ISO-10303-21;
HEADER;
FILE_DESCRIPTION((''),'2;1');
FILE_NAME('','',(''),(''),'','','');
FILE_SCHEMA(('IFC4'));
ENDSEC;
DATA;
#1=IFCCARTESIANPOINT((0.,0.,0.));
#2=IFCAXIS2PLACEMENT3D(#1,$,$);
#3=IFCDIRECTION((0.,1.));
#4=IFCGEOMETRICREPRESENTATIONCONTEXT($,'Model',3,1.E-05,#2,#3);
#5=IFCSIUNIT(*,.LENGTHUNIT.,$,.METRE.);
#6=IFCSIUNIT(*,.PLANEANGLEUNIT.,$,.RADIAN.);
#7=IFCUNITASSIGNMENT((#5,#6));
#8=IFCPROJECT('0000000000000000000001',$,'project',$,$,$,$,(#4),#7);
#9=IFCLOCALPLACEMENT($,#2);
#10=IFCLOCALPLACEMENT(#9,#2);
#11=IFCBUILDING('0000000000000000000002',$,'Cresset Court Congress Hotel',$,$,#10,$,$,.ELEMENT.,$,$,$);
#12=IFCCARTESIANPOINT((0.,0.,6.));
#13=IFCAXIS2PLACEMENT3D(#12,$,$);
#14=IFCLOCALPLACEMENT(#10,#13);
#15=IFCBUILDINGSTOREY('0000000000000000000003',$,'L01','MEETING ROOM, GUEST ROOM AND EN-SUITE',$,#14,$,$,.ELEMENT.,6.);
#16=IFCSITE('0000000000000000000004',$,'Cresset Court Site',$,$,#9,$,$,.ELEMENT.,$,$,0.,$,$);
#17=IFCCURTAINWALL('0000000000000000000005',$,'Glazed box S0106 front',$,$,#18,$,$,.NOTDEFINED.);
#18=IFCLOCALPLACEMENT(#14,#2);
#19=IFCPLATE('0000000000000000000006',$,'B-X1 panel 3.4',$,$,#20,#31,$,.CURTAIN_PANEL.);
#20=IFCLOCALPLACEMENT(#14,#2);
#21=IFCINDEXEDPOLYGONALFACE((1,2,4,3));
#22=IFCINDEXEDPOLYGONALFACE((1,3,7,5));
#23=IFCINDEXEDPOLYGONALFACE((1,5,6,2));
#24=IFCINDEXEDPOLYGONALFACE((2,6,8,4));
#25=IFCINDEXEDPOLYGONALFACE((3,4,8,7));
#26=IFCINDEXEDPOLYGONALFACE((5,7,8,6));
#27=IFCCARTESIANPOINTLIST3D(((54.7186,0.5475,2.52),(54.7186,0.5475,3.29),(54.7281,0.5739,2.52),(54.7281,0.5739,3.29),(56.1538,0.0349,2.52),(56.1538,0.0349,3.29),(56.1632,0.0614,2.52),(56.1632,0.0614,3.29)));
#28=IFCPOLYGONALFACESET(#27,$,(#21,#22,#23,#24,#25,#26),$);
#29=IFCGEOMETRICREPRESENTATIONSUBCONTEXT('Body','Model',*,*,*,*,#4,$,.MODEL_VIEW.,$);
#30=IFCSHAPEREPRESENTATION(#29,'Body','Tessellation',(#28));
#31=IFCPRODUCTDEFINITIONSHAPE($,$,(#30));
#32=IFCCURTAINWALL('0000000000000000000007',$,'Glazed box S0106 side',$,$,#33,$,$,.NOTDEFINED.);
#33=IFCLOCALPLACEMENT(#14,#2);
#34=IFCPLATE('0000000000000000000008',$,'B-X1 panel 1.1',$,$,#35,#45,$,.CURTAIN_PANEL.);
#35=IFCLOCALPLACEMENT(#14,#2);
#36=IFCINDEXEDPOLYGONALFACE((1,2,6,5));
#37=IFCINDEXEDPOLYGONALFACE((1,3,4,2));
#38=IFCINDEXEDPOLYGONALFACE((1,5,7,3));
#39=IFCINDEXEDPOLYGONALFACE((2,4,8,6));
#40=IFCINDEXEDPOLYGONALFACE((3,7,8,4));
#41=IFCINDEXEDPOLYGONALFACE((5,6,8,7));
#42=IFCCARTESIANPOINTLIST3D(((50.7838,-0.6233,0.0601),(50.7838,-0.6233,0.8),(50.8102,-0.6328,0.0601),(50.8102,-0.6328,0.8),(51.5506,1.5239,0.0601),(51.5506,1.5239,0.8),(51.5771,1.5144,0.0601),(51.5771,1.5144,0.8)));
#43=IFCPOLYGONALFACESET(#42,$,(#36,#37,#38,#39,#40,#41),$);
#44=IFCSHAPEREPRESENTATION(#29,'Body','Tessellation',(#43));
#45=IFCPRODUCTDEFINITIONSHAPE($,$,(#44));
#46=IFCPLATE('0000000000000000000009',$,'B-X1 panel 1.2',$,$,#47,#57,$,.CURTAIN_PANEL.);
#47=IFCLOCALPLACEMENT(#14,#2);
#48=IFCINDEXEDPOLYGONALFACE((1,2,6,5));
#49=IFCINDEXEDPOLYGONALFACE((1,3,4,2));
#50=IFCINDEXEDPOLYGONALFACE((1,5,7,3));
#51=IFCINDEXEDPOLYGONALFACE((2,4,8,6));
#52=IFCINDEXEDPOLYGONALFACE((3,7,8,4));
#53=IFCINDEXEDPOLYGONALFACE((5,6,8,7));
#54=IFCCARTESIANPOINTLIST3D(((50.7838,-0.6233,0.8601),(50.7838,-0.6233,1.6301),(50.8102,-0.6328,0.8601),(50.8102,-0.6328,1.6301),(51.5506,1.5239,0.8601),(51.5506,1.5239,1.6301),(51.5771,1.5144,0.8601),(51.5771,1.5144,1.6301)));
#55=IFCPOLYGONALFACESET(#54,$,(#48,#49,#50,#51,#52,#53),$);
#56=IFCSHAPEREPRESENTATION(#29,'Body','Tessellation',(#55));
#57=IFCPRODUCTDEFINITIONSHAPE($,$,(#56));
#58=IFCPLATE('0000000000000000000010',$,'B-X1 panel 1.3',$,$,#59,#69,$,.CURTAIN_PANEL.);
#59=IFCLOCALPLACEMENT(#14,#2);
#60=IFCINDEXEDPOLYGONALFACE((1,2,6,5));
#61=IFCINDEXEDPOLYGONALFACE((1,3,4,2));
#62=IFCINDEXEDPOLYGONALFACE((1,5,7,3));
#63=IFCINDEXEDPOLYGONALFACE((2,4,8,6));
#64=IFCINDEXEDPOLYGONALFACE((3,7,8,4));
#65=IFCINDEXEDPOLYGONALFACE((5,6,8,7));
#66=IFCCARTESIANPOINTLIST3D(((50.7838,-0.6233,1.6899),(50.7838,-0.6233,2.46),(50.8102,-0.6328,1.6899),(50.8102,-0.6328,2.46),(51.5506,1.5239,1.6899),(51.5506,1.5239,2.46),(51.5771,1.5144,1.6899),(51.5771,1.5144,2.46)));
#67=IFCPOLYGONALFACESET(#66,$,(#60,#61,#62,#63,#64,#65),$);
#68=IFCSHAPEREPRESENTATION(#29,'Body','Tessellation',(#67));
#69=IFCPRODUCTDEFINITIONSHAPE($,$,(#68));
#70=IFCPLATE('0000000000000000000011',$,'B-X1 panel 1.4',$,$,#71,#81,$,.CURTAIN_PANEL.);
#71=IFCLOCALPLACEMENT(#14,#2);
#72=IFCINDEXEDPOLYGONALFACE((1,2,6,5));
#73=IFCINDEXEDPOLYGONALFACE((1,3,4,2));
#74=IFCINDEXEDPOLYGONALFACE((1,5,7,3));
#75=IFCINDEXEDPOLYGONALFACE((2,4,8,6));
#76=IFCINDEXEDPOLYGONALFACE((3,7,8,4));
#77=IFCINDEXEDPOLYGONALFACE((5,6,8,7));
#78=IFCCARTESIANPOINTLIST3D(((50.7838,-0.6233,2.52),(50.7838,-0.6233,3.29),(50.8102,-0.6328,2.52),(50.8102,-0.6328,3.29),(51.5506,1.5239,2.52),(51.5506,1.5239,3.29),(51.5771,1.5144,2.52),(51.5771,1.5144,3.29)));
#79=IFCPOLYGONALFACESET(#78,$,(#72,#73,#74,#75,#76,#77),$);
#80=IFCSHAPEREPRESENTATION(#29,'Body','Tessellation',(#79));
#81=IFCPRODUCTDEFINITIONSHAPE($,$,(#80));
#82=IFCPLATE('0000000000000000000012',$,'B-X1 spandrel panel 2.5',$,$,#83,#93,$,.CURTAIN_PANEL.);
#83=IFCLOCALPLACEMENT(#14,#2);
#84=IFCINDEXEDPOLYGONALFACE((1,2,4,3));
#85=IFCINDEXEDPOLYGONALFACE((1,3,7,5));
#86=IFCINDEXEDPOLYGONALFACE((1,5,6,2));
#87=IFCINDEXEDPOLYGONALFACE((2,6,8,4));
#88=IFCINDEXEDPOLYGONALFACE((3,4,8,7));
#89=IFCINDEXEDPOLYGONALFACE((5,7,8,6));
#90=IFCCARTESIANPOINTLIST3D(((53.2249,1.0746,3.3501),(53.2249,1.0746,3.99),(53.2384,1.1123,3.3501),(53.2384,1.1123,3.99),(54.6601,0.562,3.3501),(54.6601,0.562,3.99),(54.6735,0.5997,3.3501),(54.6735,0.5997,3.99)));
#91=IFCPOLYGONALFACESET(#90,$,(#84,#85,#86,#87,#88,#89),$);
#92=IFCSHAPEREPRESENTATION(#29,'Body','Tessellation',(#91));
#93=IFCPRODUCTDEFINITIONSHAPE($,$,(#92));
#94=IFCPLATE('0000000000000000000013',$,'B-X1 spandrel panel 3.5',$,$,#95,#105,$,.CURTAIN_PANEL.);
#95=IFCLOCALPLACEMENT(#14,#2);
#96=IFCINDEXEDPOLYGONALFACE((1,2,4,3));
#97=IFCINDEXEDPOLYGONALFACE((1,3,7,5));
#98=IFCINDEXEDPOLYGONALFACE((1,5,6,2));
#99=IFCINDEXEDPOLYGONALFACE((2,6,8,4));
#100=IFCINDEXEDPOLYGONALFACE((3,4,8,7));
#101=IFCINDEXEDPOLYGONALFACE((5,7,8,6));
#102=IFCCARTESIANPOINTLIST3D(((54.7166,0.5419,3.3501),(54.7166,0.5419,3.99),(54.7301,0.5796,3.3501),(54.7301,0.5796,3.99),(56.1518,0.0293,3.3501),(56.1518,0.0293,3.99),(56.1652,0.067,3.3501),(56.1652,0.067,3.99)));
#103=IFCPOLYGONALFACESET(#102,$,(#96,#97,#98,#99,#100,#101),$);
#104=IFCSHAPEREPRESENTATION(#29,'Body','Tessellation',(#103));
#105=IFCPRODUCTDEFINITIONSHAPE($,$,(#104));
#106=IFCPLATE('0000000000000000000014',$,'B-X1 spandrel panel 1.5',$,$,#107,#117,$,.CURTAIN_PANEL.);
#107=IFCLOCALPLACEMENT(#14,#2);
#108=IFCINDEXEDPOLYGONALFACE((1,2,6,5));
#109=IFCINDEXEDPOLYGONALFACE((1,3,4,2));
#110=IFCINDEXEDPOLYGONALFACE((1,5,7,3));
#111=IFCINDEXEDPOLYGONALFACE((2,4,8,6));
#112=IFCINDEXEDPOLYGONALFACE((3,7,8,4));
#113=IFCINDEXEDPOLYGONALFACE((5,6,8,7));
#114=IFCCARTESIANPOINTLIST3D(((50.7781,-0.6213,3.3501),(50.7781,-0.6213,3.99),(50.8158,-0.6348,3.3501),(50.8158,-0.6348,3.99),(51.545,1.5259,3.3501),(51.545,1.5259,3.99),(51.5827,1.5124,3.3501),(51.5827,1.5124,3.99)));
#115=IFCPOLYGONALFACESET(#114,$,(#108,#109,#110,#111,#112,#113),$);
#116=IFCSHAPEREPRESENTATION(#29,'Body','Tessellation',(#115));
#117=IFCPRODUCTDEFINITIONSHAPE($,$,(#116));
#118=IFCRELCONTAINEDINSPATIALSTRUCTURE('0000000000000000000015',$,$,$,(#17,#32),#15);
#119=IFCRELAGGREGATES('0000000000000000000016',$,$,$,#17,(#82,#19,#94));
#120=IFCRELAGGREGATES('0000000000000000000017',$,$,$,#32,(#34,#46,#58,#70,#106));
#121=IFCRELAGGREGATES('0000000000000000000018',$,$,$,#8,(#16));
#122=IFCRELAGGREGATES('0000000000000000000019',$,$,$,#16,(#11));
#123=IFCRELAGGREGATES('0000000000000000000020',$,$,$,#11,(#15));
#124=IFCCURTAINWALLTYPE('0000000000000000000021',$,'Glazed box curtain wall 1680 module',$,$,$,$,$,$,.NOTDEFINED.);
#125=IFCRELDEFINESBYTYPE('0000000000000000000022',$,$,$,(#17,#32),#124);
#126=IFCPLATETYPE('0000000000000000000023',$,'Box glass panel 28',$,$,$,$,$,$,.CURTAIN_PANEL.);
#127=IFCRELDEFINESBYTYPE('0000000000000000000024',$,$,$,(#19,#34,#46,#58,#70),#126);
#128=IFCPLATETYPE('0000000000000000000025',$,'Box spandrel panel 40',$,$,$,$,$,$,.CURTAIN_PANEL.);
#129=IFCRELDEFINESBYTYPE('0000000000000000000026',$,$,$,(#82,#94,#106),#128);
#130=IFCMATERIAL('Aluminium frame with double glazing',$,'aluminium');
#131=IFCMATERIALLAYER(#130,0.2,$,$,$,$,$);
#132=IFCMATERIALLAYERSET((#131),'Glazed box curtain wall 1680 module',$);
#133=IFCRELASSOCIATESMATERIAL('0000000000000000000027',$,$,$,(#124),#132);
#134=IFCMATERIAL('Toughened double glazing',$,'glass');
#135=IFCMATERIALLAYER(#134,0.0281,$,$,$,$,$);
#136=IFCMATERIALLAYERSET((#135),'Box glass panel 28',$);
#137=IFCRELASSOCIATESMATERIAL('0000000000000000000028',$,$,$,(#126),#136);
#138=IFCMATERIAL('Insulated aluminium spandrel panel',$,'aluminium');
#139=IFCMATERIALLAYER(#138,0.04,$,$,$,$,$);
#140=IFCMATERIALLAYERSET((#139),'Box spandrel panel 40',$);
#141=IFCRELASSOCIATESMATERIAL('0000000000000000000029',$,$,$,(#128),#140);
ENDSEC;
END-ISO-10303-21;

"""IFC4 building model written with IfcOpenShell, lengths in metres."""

from ifc_helpers import new_model, si_unit, direction, frame, origin, origin_2d, place, context, subcontext, project, spatial, rectangle, extrude, material, layer, layer_set, type_object, element, aggregate, save


model = new_model("IFC4")

# Units and contexts
model_context = context("Model", 3, precision=1e-05, world=origin(), true_north=direction((0.0, 1.0)))
body_context = subcontext(model_context, "Body", "Model", "MODEL_VIEW")
ifc_project = project(units=[si_unit("LENGTHUNIT", "METRE"), si_unit("PLANEANGLEUNIT", "RADIAN")], contexts=[model_context])

# Site, building, storey
site_placement = place(None, origin())
site = spatial("IfcSite", under=ifc_project, at=site_placement, Name="Cresset Court Site", CompositionType="ELEMENT", RefElevation=0.0)
building_placement = place(site_placement, origin())
building = spatial("IfcBuilding", under=site, at=building_placement, Name="Cresset Court Congress Hotel", CompositionType="ELEMENT")
storey_placement = place(building_placement, frame((0.0, 0.0, 6.0)))
storey = spatial("IfcBuildingStorey", under=building, at=storey_placement, Name="L01", Description="MEETING ROOM, GUEST ROOM AND EN-SUITE", CompositionType="ELEMENT", Elevation=6.0)

# Curtain wall, plate
ifc_material_1 = material(Name="Aluminium frame with double glazing", Category="aluminium")
ifc_layer_1 = layer(ifc_material_1, 0.2)
ifc_layer_set_1 = layer_set([ifc_layer_1], Name="Glazed box curtain wall 1680 module")
curtain_wall_type = type_object("IfcCurtainWallType", Name="Glazed box curtain wall 1680 module", PredefinedType="NOTDEFINED", material=ifc_layer_set_1)
curtain_wall_1_placement = place(storey_placement, origin())
curtain_wall_1 = element("IfcCurtainWall", 1, at=curtain_wall_1_placement, inside=storey, type_object=curtain_wall_type, Name="Glazed box S0106 front", PredefinedType="NOTDEFINED")
ifc_material_2 = material(Name="Toughened double glazing", Category="glass")
ifc_layer_2 = layer(ifc_material_2, 0.0281)
ifc_layer_set_2 = layer_set([ifc_layer_2], Name="Box glass panel 28")
plate_type_1 = type_object("IfcPlateType", Name="Box glass panel 28", PredefinedType="CURTAIN_PANEL", material=ifc_layer_set_2)
plate_1_placement = place(storey_placement, frame((55.4409, 0.3044, 2.52), z_axis=(0.0, 0.0, 1.0), x_axis=(0.941742, -0.336336, 0.0)))
plate_1 = element("IfcPlate", 2, at=plate_1_placement, type_object=plate_type_1, Name="B-X1 panel 3.4", PredefinedType="CURTAIN_PANEL", context=body_context, shape_type="SweptSolid", body=[
    extrude(rectangle(XDim=1.5239, YDim=0.0281, at=origin_2d()), origin(), (0.0, 0.0, 1.0), 0.77),
])

# Curtain wall, plates
curtain_wall_2_placement = place(storey_placement, origin())
curtain_wall_2 = element("IfcCurtainWall", 3, at=curtain_wall_2_placement, inside=storey, type_object=curtain_wall_type, Name="Glazed box S0106 side", PredefinedType="NOTDEFINED")
plate_2_placement = place(storey_placement, frame((51.1804, 0.4456, 0.0601), z_axis=(0.0, 0.0, 1.0), x_axis=(0.336336, 0.941742, 0.0)))
plate_2 = element("IfcPlate", 4, at=plate_2_placement, type_object=plate_type_1, Name="B-X1 panel 1.1", PredefinedType="CURTAIN_PANEL", context=body_context, shape_type="SweptSolid", body=[
    extrude(rectangle(XDim=2.28, YDim=0.0281, at=origin_2d()), origin(), (0.0, 0.0, 1.0), 0.74),
])
plate_3_placement = place(storey_placement, frame((51.1804, 0.4456, 0.8601), z_axis=(0.0, 0.0, 1.0), x_axis=(0.336336, 0.941742, 0.0)))
plate_3 = element("IfcPlate", 5, at=plate_3_placement, type_object=plate_type_1, Name="B-X1 panel 1.2", PredefinedType="CURTAIN_PANEL", context=body_context, shape_type="SweptSolid", body=[
    extrude(rectangle(XDim=2.28, YDim=0.0281, at=origin_2d()), origin(), (0.0, 0.0, 1.0), 0.77),
])
plate_4_placement = place(storey_placement, frame((51.1804, 0.4456, 1.6899), z_axis=(0.0, 0.0, 1.0), x_axis=(0.336336, 0.941742, 0.0)))
plate_4 = element("IfcPlate", 6, at=plate_4_placement, type_object=plate_type_1, Name="B-X1 panel 1.3", PredefinedType="CURTAIN_PANEL", context=body_context, shape_type="SweptSolid", body=[
    extrude(rectangle(XDim=2.28, YDim=0.0281, at=origin_2d()), origin(), (0.0, 0.0, 1.0), 0.77),
])
plate_5_placement = place(storey_placement, frame((51.1804, 0.4456, 2.52), z_axis=(0.0, 0.0, 1.0), x_axis=(0.336336, 0.941742, 0.0)))
plate_5 = element("IfcPlate", 7, at=plate_5_placement, type_object=plate_type_1, Name="B-X1 panel 1.4", PredefinedType="CURTAIN_PANEL", context=body_context, shape_type="SweptSolid", body=[
    extrude(rectangle(XDim=2.28, YDim=0.0281, at=origin_2d()), origin(), (0.0, 0.0, 1.0), 0.77),
])

# Plates
ifc_material_3 = material(Name="Insulated aluminium spandrel panel", Category="aluminium")
ifc_layer_3 = layer(ifc_material_3, 0.04)
ifc_layer_set_3 = layer_set([ifc_layer_3], Name="Box spandrel panel 40")
plate_type_2 = type_object("IfcPlateType", Name="Box spandrel panel 40", PredefinedType="CURTAIN_PANEL", material=ifc_layer_set_3)
plate_6_placement = place(storey_placement, frame((53.9492, 0.8372, 3.3501), z_axis=(0.0, 0.0, 1.0), x_axis=(0.941742, -0.336336, 0.0)))
plate_6 = element("IfcPlate", 8, at=plate_6_placement, type_object=plate_type_2, Name="B-X1 spandrel panel 2.5", PredefinedType="CURTAIN_PANEL", context=body_context, shape_type="SweptSolid", body=[
    extrude(rectangle(XDim=1.5239, YDim=0.04, at=origin_2d()), origin(), (0.0, 0.0, 1.0), 0.6399),
])
plate_7_placement = place(storey_placement, frame((55.4409, 0.3044, 3.3501), z_axis=(0.0, 0.0, 1.0), x_axis=(0.941742, -0.336336, 0.0)))
plate_7 = element("IfcPlate", 9, at=plate_7_placement, type_object=plate_type_2, Name="B-X1 spandrel panel 3.5", PredefinedType="CURTAIN_PANEL", context=body_context, shape_type="SweptSolid", body=[
    extrude(rectangle(XDim=1.5239, YDim=0.04, at=origin_2d()), origin(), (0.0, 0.0, 1.0), 0.6399),
])
aggregate(curtain_wall_1, [plate_6, plate_1, plate_7])
plate_8_placement = place(storey_placement, frame((51.1804, 0.4456, 3.3501), z_axis=(0.0, 0.0, 1.0), x_axis=(0.336336, 0.941742, 0.0)))
plate_8 = element("IfcPlate", 10, at=plate_8_placement, type_object=plate_type_2, Name="B-X1 spandrel panel 1.5", PredefinedType="CURTAIN_PANEL", context=body_context, shape_type="SweptSolid", body=[
    extrude(rectangle(XDim=2.28, YDim=0.04, at=origin_2d()), origin(), (0.0, 0.0, 1.0), 0.6399),
])
aggregate(curtain_wall_2, [plate_2, plate_3, plate_4, plate_5, plate_8])

save(model, "model.ifc")
